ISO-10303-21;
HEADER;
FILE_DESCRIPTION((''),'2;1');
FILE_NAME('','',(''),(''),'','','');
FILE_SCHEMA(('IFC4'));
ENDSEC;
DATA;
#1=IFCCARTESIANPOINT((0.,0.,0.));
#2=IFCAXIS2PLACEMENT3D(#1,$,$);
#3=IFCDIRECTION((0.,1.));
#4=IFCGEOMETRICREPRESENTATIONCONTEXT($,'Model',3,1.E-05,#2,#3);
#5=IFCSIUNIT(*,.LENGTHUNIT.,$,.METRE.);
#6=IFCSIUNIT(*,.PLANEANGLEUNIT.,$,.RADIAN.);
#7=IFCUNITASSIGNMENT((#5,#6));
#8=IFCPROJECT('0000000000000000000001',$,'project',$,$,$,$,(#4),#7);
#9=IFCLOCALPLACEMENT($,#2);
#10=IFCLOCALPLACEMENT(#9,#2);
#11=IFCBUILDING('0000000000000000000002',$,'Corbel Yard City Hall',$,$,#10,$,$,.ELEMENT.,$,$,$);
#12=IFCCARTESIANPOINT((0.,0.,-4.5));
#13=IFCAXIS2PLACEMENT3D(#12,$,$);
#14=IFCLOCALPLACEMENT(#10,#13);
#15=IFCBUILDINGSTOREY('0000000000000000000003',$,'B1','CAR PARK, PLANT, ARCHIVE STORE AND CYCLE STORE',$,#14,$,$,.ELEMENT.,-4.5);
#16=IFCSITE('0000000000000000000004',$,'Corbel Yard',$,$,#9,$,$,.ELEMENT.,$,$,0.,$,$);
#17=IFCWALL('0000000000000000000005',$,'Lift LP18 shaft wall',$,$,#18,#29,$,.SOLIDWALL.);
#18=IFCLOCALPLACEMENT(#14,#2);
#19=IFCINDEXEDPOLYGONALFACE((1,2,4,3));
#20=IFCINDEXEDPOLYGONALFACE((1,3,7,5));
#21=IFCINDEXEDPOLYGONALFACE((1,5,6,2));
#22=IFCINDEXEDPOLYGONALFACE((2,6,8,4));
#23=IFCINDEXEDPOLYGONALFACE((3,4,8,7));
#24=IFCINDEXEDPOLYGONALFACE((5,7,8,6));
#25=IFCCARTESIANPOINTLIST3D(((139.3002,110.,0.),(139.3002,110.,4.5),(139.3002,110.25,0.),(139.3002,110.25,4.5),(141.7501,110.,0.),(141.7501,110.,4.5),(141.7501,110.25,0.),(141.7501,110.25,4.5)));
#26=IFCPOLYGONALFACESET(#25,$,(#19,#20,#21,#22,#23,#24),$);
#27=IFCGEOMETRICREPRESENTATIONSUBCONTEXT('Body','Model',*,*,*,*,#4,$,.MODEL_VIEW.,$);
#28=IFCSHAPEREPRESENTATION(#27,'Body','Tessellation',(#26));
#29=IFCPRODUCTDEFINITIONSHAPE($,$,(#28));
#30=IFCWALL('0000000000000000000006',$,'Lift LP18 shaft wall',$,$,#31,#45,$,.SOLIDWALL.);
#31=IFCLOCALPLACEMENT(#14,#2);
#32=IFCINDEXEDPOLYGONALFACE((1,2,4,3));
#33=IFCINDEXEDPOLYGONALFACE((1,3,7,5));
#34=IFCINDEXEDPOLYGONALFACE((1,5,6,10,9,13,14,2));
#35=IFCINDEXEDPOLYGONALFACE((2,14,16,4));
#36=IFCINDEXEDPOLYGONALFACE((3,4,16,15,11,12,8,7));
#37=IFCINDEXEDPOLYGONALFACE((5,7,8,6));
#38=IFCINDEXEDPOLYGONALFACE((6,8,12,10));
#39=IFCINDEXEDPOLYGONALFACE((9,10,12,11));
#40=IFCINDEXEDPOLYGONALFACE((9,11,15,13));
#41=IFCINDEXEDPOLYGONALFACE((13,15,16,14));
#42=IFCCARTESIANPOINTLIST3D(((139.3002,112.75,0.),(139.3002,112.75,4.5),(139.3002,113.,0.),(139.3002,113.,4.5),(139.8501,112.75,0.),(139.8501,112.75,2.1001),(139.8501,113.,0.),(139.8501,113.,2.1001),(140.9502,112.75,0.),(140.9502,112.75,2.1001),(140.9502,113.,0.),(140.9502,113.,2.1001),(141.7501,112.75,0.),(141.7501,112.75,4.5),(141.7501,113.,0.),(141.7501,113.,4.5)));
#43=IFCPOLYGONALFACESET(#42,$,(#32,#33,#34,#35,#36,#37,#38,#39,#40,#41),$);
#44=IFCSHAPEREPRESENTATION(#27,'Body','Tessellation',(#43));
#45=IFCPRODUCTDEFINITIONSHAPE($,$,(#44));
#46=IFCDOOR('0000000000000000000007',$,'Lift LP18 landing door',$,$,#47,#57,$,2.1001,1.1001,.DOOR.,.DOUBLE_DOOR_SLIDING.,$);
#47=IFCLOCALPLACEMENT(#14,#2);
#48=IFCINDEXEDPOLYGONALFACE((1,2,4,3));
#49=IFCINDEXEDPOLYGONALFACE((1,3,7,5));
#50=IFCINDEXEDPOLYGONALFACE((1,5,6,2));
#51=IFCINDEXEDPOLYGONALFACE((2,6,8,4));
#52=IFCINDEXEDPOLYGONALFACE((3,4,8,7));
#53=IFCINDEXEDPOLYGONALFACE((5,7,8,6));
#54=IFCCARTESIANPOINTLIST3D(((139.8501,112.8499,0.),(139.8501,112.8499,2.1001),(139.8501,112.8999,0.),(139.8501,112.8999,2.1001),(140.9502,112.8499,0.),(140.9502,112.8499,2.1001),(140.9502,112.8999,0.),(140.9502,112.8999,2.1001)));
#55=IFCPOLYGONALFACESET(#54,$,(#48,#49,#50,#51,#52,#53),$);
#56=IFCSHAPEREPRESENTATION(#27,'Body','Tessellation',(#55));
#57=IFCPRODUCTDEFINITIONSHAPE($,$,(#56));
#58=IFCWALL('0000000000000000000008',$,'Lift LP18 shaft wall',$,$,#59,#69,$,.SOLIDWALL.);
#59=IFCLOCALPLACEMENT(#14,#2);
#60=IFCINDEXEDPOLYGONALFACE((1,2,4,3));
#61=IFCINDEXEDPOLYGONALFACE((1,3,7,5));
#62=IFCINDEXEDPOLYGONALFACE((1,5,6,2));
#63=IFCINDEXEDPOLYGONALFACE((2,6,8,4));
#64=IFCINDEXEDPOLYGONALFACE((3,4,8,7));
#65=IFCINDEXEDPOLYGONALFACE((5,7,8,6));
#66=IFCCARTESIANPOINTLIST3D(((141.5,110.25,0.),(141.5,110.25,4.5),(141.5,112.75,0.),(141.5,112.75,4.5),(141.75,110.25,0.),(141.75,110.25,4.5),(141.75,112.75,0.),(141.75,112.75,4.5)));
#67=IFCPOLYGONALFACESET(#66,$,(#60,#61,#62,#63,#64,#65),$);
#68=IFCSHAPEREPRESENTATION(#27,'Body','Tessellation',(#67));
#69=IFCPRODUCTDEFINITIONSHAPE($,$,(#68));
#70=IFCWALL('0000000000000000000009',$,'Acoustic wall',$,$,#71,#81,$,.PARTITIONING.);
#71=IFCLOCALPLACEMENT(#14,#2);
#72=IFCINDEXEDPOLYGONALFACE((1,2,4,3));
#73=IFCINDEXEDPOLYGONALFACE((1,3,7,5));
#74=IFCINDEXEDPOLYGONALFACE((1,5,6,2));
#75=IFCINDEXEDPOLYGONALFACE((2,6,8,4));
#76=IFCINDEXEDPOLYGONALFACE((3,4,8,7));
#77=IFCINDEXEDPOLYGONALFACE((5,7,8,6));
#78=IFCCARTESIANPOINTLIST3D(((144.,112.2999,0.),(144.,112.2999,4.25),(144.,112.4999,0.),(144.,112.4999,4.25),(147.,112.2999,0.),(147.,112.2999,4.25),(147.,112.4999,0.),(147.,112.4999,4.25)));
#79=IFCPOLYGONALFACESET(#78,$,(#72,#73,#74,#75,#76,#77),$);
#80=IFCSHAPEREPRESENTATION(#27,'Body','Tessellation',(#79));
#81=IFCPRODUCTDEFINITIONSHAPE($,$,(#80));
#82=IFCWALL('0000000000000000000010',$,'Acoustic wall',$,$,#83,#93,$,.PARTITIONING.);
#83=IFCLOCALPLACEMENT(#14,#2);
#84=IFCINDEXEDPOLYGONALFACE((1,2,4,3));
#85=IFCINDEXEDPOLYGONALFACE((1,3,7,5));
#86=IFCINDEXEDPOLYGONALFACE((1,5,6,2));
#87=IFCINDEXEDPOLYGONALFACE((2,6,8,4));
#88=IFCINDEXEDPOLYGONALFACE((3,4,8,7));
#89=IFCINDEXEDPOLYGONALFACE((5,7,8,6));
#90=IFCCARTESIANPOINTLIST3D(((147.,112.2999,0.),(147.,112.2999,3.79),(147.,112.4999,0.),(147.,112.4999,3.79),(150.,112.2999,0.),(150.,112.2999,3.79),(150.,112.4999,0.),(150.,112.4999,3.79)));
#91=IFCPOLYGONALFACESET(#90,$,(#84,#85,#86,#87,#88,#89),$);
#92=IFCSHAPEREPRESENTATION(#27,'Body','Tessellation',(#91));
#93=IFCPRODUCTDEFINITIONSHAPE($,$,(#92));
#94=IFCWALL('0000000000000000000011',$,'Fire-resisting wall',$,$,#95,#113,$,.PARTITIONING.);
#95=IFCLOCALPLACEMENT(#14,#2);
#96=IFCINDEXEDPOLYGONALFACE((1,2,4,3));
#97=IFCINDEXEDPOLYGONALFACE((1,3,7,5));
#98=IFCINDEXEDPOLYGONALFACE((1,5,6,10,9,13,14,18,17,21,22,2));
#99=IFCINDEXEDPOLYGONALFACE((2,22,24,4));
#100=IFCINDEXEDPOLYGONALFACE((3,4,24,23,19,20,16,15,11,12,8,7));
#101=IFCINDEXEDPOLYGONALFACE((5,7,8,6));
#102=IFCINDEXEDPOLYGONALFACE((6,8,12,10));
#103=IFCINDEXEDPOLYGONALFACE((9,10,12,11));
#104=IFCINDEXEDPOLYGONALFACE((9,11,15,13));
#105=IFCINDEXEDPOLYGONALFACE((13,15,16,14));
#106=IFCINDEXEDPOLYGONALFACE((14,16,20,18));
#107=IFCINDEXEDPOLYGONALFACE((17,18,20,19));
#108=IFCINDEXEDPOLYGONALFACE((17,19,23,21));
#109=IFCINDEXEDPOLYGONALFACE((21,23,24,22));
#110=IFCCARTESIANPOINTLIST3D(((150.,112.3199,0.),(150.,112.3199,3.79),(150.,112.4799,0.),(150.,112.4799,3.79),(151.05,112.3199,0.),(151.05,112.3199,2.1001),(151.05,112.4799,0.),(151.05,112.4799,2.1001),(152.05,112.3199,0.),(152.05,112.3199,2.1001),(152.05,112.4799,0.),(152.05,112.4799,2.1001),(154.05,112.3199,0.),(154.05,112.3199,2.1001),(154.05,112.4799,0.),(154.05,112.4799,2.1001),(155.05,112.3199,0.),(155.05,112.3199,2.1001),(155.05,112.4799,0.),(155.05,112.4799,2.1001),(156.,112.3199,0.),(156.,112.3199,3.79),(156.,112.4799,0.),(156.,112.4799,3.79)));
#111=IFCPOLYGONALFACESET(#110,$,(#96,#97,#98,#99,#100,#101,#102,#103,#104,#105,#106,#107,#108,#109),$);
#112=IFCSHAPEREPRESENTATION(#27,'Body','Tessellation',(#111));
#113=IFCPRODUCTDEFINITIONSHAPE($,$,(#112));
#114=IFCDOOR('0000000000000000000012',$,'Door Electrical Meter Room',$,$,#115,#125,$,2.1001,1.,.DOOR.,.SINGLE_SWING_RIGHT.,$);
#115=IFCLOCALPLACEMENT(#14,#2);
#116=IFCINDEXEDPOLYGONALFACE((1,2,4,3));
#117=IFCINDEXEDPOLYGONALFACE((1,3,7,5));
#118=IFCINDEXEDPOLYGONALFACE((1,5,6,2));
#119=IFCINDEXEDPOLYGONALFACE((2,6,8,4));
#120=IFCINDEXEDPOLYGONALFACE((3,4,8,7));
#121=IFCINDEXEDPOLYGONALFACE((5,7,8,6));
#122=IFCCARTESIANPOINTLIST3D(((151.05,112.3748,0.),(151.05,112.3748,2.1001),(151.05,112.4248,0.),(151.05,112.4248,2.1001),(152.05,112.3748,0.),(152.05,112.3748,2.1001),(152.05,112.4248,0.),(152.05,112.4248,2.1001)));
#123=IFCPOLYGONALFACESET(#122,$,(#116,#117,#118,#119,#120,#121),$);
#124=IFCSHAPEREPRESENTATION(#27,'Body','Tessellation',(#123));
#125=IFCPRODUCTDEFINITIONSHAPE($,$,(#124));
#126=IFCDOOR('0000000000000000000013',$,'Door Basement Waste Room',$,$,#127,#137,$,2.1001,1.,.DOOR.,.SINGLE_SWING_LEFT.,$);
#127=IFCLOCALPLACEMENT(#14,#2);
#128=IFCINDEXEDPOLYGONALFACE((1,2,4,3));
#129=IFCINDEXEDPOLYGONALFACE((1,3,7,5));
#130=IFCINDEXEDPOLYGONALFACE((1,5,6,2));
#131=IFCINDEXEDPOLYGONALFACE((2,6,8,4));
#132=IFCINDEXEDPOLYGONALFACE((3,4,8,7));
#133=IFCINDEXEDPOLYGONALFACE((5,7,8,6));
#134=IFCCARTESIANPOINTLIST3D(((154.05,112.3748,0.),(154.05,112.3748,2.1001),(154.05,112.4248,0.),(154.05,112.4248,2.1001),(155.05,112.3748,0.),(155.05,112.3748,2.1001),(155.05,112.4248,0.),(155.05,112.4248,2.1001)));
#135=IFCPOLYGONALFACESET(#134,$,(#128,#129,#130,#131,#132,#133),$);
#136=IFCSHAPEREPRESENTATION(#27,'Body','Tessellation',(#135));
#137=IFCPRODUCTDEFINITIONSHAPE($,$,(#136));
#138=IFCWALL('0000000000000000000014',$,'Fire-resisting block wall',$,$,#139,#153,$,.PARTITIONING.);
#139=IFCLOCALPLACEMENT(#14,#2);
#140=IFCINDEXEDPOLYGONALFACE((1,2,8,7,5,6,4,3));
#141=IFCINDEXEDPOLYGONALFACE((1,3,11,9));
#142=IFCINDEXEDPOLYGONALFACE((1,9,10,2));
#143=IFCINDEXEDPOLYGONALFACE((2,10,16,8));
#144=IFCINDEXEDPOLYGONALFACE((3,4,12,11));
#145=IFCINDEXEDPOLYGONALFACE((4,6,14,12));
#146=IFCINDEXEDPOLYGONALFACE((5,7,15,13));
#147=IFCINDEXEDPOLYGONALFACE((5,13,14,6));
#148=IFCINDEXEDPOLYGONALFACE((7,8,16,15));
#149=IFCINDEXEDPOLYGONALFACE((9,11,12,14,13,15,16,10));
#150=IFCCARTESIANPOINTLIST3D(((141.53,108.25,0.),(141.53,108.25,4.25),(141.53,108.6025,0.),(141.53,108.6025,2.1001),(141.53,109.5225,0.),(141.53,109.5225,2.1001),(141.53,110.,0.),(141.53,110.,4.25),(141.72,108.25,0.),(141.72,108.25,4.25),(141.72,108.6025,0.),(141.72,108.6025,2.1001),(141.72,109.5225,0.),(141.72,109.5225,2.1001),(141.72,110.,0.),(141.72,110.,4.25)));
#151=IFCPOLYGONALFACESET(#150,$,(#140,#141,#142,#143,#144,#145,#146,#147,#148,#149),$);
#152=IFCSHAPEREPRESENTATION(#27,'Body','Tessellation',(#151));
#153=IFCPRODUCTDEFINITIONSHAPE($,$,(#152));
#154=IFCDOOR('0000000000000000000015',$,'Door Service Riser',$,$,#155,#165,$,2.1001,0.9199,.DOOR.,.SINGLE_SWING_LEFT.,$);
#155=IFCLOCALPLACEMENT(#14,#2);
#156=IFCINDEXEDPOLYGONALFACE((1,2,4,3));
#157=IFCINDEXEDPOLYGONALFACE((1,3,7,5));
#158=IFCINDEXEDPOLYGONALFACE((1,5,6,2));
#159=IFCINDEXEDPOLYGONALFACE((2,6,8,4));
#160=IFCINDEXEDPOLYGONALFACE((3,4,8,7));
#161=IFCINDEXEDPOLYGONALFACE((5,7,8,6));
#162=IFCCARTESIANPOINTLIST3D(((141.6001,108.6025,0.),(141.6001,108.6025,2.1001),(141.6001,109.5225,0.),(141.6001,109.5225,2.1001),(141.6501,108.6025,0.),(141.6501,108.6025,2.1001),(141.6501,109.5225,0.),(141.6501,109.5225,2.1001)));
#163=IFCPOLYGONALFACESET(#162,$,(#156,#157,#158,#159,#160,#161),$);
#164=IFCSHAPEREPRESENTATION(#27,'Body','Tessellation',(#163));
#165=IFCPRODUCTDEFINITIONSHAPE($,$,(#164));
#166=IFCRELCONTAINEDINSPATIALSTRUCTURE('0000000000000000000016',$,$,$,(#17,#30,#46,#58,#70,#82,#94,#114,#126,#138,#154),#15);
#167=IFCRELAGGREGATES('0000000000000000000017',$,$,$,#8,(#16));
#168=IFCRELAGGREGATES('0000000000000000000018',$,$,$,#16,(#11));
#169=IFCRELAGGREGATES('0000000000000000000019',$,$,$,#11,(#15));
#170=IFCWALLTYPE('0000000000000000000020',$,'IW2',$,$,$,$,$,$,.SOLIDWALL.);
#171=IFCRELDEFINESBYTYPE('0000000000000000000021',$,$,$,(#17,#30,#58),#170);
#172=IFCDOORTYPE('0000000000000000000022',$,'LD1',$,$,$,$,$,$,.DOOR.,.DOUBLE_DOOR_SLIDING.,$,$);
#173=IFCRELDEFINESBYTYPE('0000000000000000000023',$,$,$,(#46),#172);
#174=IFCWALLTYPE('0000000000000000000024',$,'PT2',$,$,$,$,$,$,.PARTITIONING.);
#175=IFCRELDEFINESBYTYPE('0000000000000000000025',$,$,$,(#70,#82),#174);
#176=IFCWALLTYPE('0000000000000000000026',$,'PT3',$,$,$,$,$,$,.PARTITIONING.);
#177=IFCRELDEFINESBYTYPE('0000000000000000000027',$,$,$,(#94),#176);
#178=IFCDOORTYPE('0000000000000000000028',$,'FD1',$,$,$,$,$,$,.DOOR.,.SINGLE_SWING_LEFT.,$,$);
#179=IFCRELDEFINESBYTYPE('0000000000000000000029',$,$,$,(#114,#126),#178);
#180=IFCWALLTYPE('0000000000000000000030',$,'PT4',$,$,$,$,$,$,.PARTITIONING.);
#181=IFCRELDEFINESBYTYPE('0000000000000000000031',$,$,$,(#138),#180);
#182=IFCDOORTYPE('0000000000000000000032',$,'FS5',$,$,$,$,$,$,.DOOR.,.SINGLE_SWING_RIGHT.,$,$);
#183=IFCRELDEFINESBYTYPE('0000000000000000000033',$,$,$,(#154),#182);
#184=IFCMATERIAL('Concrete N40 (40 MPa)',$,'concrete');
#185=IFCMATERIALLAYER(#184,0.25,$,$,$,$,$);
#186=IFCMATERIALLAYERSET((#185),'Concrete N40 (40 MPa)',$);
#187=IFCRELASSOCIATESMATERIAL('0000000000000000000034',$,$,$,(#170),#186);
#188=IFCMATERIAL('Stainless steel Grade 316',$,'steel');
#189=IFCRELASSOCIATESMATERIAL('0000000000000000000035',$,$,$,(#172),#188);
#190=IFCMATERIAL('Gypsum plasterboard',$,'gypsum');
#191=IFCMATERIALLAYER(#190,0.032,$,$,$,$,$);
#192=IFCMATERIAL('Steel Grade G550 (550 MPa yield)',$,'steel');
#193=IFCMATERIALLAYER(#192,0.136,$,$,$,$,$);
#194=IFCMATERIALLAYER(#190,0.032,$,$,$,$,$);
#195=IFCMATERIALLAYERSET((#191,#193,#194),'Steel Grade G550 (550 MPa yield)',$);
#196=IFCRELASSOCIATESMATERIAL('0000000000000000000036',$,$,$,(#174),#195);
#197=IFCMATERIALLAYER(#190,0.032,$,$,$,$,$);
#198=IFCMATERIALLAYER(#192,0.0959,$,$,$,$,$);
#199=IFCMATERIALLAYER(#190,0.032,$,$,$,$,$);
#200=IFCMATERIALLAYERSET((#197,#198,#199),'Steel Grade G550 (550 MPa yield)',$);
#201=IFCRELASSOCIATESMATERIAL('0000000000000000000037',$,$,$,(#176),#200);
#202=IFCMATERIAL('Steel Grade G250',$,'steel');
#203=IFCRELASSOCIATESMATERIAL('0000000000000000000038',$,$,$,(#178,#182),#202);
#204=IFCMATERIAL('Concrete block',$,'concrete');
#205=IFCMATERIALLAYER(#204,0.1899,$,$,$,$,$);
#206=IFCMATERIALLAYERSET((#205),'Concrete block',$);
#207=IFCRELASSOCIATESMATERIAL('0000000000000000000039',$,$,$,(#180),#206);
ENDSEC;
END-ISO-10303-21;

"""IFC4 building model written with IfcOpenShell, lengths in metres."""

from ifc_helpers import new_model, si_unit, direction, frame, frame_2d, origin, place, context, subcontext, project, spatial, rectangle, extrude, material, layer, layer_set, type_object, element, fill, save


model = new_model("IFC4")

# Units and contexts
model_context = context("Model", 3, precision=1e-05, world=origin(), true_north=direction((0.0, 1.0)))
body_context = subcontext(model_context, "Body", "Model", "MODEL_VIEW")
ifc_project = project(units=[si_unit("LENGTHUNIT", "METRE"), si_unit("PLANEANGLEUNIT", "RADIAN")], contexts=[model_context])

# Site, building, storey
site_placement = place(None, origin())
site = spatial("IfcSite", under=ifc_project, at=site_placement, Name="Corbel Yard", CompositionType="ELEMENT", RefElevation=0.0)
building_placement = place(site_placement, origin())
building = spatial("IfcBuilding", under=site, at=building_placement, Name="Corbel Yard City Hall", CompositionType="ELEMENT")
storey_placement = place(building_placement, frame((0.0, 0.0, -4.5)))
storey = spatial("IfcBuildingStorey", under=building, at=storey_placement, Name="B1", Description="CAR PARK, PLANT, ARCHIVE STORE AND CYCLE STORE", CompositionType="ELEMENT", Elevation=-4.5)

# Shared definitions
ifc_material_1 = material(Name="Concrete N40 (40 MPa)", Category="concrete")

# Shared definitions
ifc_layer_1 = layer(ifc_material_1, 0.25)
ifc_layer_set_1 = layer_set([ifc_layer_1], Name="Concrete N40 (40 MPa)")
wall_type_1 = type_object("IfcWallType", Name="IW2", PredefinedType="SOLIDWALL", material=ifc_layer_set_1)
ifc_material_2 = material(Name="Steel Grade G250", Category="steel")

# Wall
wall_1_placement = place(storey_placement, frame((139.3, 110.125, 0.0), z_axis=(0.0, 0.0, 1.0), x_axis=(1.0, 0.0, 0.0)))
element("IfcWall", 1, at=wall_1_placement, inside=storey, type_object=wall_type_1, Name="Lift LP18 shaft wall", PredefinedType="SOLIDWALL", context=body_context, shape_type="SweptSolid", body=[
    extrude(rectangle(XDim=2.45, YDim=0.25, at=frame_2d((1.2251, 0.0))), origin(), (0.0, 0.0, 1.0), 4.5),
])

# Wall, opening, door
wall_2_placement = place(storey_placement, frame((139.3, 112.875, 0.0), z_axis=(0.0, 0.0, 1.0), x_axis=(1.0, 0.0, 0.0)))
wall_2 = element("IfcWall", 2, at=wall_2_placement, inside=storey, type_object=wall_type_1, Name="Lift LP18 shaft wall", PredefinedType="SOLIDWALL", context=body_context, shape_type="SweptSolid", body=[
    extrude(rectangle(XDim=2.45, YDim=0.25, at=frame_2d((1.2251, 0.0))), origin(), (0.0, 0.0, 1.0), 4.5),
])
opening_1_placement = place(wall_2_placement, frame((0.55, 0.0, 0.0)))
opening_1 = element("IfcOpeningElement", 3, at=opening_1_placement, cuts=wall_2, PredefinedType="OPENING", context=body_context, shape_type="SweptSolid", body=[
    extrude(rectangle(XDim=1.1001, YDim=2.1001, at=frame_2d((0.55, 1.05))), frame((0.0, 0.135, 0.0), z_axis=(0.0, -1.0, 0.0), x_axis=(1.0, 0.0, 0.0)), (0.0, 0.0, 1.0), 0.27),
])
ifc_material_3 = material(Name="Stainless steel Grade 316", Category="steel")
door_type_1 = type_object("IfcDoorType", Name="LD1", OperationType="DOUBLE_DOOR_SLIDING", PredefinedType="DOOR", material=ifc_material_3)
door_1_placement = place(opening_1_placement, origin())
door_1 = element("IfcDoor", 4, at=door_1_placement, inside=storey, type_object=door_type_1, Name="Lift LP18 landing door", OperationType="DOUBLE_DOOR_SLIDING", OverallHeight=2.1001, OverallWidth=1.1001, PredefinedType="DOOR", context=body_context, shape_type="SweptSolid", body=[
    extrude(rectangle(XDim=1.1001, YDim=2.1001, at=frame_2d((0.55, 1.05))), frame((0.0, 0.0249, 0.0), z_axis=(0.0, -1.0, 0.0), x_axis=(1.0, 0.0, 0.0)), (0.0, 0.0, 1.0), 0.05),
])
fill(opening_1, door_1)

# Walls
wall_3_placement = place(storey_placement, frame((141.625, 110.25, 0.0), z_axis=(0.0, 0.0, 1.0), x_axis=(0.0, 1.0, 0.0)))
element("IfcWall", 5, at=wall_3_placement, inside=storey, type_object=wall_type_1, Name="Lift LP18 shaft wall", PredefinedType="SOLIDWALL", context=body_context, shape_type="SweptSolid", body=[
    extrude(rectangle(XDim=2.5, YDim=0.25, at=frame_2d((1.25, 0.0))), origin(), (0.0, 0.0, 1.0), 4.5),
])
ifc_material_4 = material(Name="Gypsum plasterboard", Category="gypsum")
ifc_layer_2 = layer(ifc_material_4, 0.032)
ifc_material_5 = material(Name="Steel Grade G550 (550 MPa yield)", Category="steel")
ifc_layer_3 = layer(ifc_material_5, 0.136)
ifc_layer_4 = layer(ifc_material_4, 0.032)
ifc_layer_set_2 = layer_set([ifc_layer_2, ifc_layer_3, ifc_layer_4], Name="Steel Grade G550 (550 MPa yield)")
wall_type_2 = type_object("IfcWallType", Name="PT2", PredefinedType="PARTITIONING", material=ifc_layer_set_2)
wall_4_placement = place(storey_placement, frame((144.0, 112.3999, 0.0), z_axis=(0.0, 0.0, 1.0), x_axis=(1.0, 0.0, 0.0)))
element("IfcWall", 6, at=wall_4_placement, inside=storey, type_object=wall_type_2, Name="Acoustic wall", PredefinedType="PARTITIONING", context=body_context, shape_type="SweptSolid", body=[
    extrude(rectangle(XDim=3.0, YDim=0.2, at=frame_2d((1.5, 0.0))), origin(), (0.0, 0.0, 1.0), 4.25),
])
wall_5_placement = place(storey_placement, frame((147.0, 112.3999, 0.0), z_axis=(0.0, 0.0, 1.0), x_axis=(1.0, 0.0, 0.0)))
element("IfcWall", 7, at=wall_5_placement, inside=storey, type_object=wall_type_2, Name="Acoustic wall", PredefinedType="PARTITIONING", context=body_context, shape_type="SweptSolid", body=[
    extrude(rectangle(XDim=3.0, YDim=0.2, at=frame_2d((1.5, 0.0))), origin(), (0.0, 0.0, 1.0), 3.79),
])

# Wall, openings, doors
ifc_layer_5 = layer(ifc_material_4, 0.032)
ifc_layer_6 = layer(ifc_material_5, 0.0959)
ifc_layer_7 = layer(ifc_material_4, 0.032)
ifc_layer_set_3 = layer_set([ifc_layer_5, ifc_layer_6, ifc_layer_7], Name="Steel Grade G550 (550 MPa yield)")
wall_type_3 = type_object("IfcWallType", Name="PT3", PredefinedType="PARTITIONING", material=ifc_layer_set_3)
wall_6_placement = place(storey_placement, frame((150.0, 112.3999, 0.0), z_axis=(0.0, 0.0, 1.0), x_axis=(1.0, 0.0, 0.0)))
wall_6 = element("IfcWall", 8, at=wall_6_placement, inside=storey, type_object=wall_type_3, Name="Fire-resisting wall", PredefinedType="PARTITIONING", context=body_context, shape_type="SweptSolid", body=[
    extrude(rectangle(XDim=6.0, YDim=0.1599, at=frame_2d((3.0, 0.0))), origin(), (0.0, 0.0, 1.0), 3.79),
])
opening_2_placement = place(wall_6_placement, frame((1.05, 0.0, 0.0)))
opening_2 = element("IfcOpeningElement", 9, at=opening_2_placement, cuts=wall_6, PredefinedType="OPENING", context=body_context, shape_type="SweptSolid", body=[
    extrude(rectangle(XDim=1.0, YDim=2.1001, at=frame_2d((0.5, 1.05))), frame((0.0, 0.0898, 0.0), z_axis=(0.0, -1.0, 0.0), x_axis=(1.0, 0.0, 0.0)), (0.0, 0.0, 1.0), 0.1799),
])
opening_3_placement = place(wall_6_placement, frame((4.05, 0.0, 0.0)))
opening_3 = element("IfcOpeningElement", 10, at=opening_3_placement, cuts=wall_6, PredefinedType="OPENING", context=body_context, shape_type="SweptSolid", body=[
    extrude(rectangle(XDim=1.0, YDim=2.1001, at=frame_2d((0.5, 1.05))), frame((0.0, 0.0898, 0.0), z_axis=(0.0, -1.0, 0.0), x_axis=(1.0, 0.0, 0.0)), (0.0, 0.0, 1.0), 0.1799),
])
door_type_2 = type_object("IfcDoorType", Name="FD1", OperationType="SINGLE_SWING_LEFT", PredefinedType="DOOR", material=ifc_material_2)
door_2_placement = place(opening_2_placement, origin())
door_2 = element("IfcDoor", 11, at=door_2_placement, inside=storey, type_object=door_type_2, Name="Door Electrical Meter Room", OperationType="SINGLE_SWING_RIGHT", OverallHeight=2.1001, OverallWidth=1.0, PredefinedType="DOOR", context=body_context, shape_type="SweptSolid", body=[
    extrude(rectangle(XDim=1.0, YDim=2.1001, at=frame_2d((0.5, 1.05))), frame((0.0, 0.0249, 0.0), z_axis=(0.0, -1.0, 0.0), x_axis=(1.0, 0.0, 0.0)), (0.0, 0.0, 1.0), 0.05),
])
fill(opening_2, door_2)
door_3_placement = place(opening_3_placement, origin())
door_3 = element("IfcDoor", 12, at=door_3_placement, inside=storey, type_object=door_type_2, Name="Door Basement Waste Room", OperationType="SINGLE_SWING_LEFT", OverallHeight=2.1001, OverallWidth=1.0, PredefinedType="DOOR", context=body_context, shape_type="SweptSolid", body=[
    extrude(rectangle(XDim=1.0, YDim=2.1001, at=frame_2d((0.5, 1.05))), frame((0.0, 0.0249, 0.0), z_axis=(0.0, -1.0, 0.0), x_axis=(1.0, 0.0, 0.0)), (0.0, 0.0, 1.0), 0.05),
])
fill(opening_3, door_3)

# Wall, opening, door
ifc_material_6 = material(Name="Concrete block", Category="concrete")
ifc_layer_8 = layer(ifc_material_6, 0.1899)
ifc_layer_set_4 = layer_set([ifc_layer_8], Name="Concrete block")
wall_type_4 = type_object("IfcWallType", Name="PT4", PredefinedType="PARTITIONING", material=ifc_layer_set_4)
wall_7_placement = place(storey_placement, frame((141.625, 108.25, 0.0), z_axis=(0.0, 0.0, 1.0), x_axis=(0.0, 1.0, 0.0)))
wall_7 = element("IfcWall", 13, at=wall_7_placement, inside=storey, type_object=wall_type_4, Name="Fire-resisting block wall", PredefinedType="PARTITIONING", context=body_context, shape_type="SweptSolid", body=[
    extrude(rectangle(XDim=1.75, YDim=0.1899, at=frame_2d((0.875, 0.0))), origin(), (0.0, 0.0, 1.0), 4.25),
])
opening_4_placement = place(wall_7_placement, frame((0.3525, 0.0, 0.0)))
opening_4 = element("IfcOpeningElement", 14, at=opening_4_placement, cuts=wall_7, PredefinedType="OPENING", context=body_context, shape_type="SweptSolid", body=[
    extrude(rectangle(XDim=0.9199, YDim=2.1001, at=frame_2d((0.46, 1.05))), frame((0.0, 0.105, 0.0), z_axis=(0.0, -1.0, 0.0), x_axis=(1.0, 0.0, 0.0)), (0.0, 0.0, 1.0), 0.21),
])
door_type_3 = type_object("IfcDoorType", Name="FS5", OperationType="SINGLE_SWING_RIGHT", PredefinedType="DOOR", material=ifc_material_2)
door_4_placement = place(opening_4_placement, origin())
door_4 = element("IfcDoor", 15, at=door_4_placement, inside=storey, type_object=door_type_3, Name="Door Service Riser", OperationType="SINGLE_SWING_LEFT", OverallHeight=2.1001, OverallWidth=0.9199, PredefinedType="DOOR", context=body_context, shape_type="SweptSolid", body=[
    extrude(rectangle(XDim=0.9199, YDim=2.1001, at=frame_2d((0.46, 1.05))), frame((0.0, 0.0249, 0.0), z_axis=(0.0, -1.0, 0.0), x_axis=(1.0, 0.0, 0.0)), (0.0, 0.0, 1.0), 0.05),
])
fill(opening_4, door_4)

save(model, "model.ifc")
